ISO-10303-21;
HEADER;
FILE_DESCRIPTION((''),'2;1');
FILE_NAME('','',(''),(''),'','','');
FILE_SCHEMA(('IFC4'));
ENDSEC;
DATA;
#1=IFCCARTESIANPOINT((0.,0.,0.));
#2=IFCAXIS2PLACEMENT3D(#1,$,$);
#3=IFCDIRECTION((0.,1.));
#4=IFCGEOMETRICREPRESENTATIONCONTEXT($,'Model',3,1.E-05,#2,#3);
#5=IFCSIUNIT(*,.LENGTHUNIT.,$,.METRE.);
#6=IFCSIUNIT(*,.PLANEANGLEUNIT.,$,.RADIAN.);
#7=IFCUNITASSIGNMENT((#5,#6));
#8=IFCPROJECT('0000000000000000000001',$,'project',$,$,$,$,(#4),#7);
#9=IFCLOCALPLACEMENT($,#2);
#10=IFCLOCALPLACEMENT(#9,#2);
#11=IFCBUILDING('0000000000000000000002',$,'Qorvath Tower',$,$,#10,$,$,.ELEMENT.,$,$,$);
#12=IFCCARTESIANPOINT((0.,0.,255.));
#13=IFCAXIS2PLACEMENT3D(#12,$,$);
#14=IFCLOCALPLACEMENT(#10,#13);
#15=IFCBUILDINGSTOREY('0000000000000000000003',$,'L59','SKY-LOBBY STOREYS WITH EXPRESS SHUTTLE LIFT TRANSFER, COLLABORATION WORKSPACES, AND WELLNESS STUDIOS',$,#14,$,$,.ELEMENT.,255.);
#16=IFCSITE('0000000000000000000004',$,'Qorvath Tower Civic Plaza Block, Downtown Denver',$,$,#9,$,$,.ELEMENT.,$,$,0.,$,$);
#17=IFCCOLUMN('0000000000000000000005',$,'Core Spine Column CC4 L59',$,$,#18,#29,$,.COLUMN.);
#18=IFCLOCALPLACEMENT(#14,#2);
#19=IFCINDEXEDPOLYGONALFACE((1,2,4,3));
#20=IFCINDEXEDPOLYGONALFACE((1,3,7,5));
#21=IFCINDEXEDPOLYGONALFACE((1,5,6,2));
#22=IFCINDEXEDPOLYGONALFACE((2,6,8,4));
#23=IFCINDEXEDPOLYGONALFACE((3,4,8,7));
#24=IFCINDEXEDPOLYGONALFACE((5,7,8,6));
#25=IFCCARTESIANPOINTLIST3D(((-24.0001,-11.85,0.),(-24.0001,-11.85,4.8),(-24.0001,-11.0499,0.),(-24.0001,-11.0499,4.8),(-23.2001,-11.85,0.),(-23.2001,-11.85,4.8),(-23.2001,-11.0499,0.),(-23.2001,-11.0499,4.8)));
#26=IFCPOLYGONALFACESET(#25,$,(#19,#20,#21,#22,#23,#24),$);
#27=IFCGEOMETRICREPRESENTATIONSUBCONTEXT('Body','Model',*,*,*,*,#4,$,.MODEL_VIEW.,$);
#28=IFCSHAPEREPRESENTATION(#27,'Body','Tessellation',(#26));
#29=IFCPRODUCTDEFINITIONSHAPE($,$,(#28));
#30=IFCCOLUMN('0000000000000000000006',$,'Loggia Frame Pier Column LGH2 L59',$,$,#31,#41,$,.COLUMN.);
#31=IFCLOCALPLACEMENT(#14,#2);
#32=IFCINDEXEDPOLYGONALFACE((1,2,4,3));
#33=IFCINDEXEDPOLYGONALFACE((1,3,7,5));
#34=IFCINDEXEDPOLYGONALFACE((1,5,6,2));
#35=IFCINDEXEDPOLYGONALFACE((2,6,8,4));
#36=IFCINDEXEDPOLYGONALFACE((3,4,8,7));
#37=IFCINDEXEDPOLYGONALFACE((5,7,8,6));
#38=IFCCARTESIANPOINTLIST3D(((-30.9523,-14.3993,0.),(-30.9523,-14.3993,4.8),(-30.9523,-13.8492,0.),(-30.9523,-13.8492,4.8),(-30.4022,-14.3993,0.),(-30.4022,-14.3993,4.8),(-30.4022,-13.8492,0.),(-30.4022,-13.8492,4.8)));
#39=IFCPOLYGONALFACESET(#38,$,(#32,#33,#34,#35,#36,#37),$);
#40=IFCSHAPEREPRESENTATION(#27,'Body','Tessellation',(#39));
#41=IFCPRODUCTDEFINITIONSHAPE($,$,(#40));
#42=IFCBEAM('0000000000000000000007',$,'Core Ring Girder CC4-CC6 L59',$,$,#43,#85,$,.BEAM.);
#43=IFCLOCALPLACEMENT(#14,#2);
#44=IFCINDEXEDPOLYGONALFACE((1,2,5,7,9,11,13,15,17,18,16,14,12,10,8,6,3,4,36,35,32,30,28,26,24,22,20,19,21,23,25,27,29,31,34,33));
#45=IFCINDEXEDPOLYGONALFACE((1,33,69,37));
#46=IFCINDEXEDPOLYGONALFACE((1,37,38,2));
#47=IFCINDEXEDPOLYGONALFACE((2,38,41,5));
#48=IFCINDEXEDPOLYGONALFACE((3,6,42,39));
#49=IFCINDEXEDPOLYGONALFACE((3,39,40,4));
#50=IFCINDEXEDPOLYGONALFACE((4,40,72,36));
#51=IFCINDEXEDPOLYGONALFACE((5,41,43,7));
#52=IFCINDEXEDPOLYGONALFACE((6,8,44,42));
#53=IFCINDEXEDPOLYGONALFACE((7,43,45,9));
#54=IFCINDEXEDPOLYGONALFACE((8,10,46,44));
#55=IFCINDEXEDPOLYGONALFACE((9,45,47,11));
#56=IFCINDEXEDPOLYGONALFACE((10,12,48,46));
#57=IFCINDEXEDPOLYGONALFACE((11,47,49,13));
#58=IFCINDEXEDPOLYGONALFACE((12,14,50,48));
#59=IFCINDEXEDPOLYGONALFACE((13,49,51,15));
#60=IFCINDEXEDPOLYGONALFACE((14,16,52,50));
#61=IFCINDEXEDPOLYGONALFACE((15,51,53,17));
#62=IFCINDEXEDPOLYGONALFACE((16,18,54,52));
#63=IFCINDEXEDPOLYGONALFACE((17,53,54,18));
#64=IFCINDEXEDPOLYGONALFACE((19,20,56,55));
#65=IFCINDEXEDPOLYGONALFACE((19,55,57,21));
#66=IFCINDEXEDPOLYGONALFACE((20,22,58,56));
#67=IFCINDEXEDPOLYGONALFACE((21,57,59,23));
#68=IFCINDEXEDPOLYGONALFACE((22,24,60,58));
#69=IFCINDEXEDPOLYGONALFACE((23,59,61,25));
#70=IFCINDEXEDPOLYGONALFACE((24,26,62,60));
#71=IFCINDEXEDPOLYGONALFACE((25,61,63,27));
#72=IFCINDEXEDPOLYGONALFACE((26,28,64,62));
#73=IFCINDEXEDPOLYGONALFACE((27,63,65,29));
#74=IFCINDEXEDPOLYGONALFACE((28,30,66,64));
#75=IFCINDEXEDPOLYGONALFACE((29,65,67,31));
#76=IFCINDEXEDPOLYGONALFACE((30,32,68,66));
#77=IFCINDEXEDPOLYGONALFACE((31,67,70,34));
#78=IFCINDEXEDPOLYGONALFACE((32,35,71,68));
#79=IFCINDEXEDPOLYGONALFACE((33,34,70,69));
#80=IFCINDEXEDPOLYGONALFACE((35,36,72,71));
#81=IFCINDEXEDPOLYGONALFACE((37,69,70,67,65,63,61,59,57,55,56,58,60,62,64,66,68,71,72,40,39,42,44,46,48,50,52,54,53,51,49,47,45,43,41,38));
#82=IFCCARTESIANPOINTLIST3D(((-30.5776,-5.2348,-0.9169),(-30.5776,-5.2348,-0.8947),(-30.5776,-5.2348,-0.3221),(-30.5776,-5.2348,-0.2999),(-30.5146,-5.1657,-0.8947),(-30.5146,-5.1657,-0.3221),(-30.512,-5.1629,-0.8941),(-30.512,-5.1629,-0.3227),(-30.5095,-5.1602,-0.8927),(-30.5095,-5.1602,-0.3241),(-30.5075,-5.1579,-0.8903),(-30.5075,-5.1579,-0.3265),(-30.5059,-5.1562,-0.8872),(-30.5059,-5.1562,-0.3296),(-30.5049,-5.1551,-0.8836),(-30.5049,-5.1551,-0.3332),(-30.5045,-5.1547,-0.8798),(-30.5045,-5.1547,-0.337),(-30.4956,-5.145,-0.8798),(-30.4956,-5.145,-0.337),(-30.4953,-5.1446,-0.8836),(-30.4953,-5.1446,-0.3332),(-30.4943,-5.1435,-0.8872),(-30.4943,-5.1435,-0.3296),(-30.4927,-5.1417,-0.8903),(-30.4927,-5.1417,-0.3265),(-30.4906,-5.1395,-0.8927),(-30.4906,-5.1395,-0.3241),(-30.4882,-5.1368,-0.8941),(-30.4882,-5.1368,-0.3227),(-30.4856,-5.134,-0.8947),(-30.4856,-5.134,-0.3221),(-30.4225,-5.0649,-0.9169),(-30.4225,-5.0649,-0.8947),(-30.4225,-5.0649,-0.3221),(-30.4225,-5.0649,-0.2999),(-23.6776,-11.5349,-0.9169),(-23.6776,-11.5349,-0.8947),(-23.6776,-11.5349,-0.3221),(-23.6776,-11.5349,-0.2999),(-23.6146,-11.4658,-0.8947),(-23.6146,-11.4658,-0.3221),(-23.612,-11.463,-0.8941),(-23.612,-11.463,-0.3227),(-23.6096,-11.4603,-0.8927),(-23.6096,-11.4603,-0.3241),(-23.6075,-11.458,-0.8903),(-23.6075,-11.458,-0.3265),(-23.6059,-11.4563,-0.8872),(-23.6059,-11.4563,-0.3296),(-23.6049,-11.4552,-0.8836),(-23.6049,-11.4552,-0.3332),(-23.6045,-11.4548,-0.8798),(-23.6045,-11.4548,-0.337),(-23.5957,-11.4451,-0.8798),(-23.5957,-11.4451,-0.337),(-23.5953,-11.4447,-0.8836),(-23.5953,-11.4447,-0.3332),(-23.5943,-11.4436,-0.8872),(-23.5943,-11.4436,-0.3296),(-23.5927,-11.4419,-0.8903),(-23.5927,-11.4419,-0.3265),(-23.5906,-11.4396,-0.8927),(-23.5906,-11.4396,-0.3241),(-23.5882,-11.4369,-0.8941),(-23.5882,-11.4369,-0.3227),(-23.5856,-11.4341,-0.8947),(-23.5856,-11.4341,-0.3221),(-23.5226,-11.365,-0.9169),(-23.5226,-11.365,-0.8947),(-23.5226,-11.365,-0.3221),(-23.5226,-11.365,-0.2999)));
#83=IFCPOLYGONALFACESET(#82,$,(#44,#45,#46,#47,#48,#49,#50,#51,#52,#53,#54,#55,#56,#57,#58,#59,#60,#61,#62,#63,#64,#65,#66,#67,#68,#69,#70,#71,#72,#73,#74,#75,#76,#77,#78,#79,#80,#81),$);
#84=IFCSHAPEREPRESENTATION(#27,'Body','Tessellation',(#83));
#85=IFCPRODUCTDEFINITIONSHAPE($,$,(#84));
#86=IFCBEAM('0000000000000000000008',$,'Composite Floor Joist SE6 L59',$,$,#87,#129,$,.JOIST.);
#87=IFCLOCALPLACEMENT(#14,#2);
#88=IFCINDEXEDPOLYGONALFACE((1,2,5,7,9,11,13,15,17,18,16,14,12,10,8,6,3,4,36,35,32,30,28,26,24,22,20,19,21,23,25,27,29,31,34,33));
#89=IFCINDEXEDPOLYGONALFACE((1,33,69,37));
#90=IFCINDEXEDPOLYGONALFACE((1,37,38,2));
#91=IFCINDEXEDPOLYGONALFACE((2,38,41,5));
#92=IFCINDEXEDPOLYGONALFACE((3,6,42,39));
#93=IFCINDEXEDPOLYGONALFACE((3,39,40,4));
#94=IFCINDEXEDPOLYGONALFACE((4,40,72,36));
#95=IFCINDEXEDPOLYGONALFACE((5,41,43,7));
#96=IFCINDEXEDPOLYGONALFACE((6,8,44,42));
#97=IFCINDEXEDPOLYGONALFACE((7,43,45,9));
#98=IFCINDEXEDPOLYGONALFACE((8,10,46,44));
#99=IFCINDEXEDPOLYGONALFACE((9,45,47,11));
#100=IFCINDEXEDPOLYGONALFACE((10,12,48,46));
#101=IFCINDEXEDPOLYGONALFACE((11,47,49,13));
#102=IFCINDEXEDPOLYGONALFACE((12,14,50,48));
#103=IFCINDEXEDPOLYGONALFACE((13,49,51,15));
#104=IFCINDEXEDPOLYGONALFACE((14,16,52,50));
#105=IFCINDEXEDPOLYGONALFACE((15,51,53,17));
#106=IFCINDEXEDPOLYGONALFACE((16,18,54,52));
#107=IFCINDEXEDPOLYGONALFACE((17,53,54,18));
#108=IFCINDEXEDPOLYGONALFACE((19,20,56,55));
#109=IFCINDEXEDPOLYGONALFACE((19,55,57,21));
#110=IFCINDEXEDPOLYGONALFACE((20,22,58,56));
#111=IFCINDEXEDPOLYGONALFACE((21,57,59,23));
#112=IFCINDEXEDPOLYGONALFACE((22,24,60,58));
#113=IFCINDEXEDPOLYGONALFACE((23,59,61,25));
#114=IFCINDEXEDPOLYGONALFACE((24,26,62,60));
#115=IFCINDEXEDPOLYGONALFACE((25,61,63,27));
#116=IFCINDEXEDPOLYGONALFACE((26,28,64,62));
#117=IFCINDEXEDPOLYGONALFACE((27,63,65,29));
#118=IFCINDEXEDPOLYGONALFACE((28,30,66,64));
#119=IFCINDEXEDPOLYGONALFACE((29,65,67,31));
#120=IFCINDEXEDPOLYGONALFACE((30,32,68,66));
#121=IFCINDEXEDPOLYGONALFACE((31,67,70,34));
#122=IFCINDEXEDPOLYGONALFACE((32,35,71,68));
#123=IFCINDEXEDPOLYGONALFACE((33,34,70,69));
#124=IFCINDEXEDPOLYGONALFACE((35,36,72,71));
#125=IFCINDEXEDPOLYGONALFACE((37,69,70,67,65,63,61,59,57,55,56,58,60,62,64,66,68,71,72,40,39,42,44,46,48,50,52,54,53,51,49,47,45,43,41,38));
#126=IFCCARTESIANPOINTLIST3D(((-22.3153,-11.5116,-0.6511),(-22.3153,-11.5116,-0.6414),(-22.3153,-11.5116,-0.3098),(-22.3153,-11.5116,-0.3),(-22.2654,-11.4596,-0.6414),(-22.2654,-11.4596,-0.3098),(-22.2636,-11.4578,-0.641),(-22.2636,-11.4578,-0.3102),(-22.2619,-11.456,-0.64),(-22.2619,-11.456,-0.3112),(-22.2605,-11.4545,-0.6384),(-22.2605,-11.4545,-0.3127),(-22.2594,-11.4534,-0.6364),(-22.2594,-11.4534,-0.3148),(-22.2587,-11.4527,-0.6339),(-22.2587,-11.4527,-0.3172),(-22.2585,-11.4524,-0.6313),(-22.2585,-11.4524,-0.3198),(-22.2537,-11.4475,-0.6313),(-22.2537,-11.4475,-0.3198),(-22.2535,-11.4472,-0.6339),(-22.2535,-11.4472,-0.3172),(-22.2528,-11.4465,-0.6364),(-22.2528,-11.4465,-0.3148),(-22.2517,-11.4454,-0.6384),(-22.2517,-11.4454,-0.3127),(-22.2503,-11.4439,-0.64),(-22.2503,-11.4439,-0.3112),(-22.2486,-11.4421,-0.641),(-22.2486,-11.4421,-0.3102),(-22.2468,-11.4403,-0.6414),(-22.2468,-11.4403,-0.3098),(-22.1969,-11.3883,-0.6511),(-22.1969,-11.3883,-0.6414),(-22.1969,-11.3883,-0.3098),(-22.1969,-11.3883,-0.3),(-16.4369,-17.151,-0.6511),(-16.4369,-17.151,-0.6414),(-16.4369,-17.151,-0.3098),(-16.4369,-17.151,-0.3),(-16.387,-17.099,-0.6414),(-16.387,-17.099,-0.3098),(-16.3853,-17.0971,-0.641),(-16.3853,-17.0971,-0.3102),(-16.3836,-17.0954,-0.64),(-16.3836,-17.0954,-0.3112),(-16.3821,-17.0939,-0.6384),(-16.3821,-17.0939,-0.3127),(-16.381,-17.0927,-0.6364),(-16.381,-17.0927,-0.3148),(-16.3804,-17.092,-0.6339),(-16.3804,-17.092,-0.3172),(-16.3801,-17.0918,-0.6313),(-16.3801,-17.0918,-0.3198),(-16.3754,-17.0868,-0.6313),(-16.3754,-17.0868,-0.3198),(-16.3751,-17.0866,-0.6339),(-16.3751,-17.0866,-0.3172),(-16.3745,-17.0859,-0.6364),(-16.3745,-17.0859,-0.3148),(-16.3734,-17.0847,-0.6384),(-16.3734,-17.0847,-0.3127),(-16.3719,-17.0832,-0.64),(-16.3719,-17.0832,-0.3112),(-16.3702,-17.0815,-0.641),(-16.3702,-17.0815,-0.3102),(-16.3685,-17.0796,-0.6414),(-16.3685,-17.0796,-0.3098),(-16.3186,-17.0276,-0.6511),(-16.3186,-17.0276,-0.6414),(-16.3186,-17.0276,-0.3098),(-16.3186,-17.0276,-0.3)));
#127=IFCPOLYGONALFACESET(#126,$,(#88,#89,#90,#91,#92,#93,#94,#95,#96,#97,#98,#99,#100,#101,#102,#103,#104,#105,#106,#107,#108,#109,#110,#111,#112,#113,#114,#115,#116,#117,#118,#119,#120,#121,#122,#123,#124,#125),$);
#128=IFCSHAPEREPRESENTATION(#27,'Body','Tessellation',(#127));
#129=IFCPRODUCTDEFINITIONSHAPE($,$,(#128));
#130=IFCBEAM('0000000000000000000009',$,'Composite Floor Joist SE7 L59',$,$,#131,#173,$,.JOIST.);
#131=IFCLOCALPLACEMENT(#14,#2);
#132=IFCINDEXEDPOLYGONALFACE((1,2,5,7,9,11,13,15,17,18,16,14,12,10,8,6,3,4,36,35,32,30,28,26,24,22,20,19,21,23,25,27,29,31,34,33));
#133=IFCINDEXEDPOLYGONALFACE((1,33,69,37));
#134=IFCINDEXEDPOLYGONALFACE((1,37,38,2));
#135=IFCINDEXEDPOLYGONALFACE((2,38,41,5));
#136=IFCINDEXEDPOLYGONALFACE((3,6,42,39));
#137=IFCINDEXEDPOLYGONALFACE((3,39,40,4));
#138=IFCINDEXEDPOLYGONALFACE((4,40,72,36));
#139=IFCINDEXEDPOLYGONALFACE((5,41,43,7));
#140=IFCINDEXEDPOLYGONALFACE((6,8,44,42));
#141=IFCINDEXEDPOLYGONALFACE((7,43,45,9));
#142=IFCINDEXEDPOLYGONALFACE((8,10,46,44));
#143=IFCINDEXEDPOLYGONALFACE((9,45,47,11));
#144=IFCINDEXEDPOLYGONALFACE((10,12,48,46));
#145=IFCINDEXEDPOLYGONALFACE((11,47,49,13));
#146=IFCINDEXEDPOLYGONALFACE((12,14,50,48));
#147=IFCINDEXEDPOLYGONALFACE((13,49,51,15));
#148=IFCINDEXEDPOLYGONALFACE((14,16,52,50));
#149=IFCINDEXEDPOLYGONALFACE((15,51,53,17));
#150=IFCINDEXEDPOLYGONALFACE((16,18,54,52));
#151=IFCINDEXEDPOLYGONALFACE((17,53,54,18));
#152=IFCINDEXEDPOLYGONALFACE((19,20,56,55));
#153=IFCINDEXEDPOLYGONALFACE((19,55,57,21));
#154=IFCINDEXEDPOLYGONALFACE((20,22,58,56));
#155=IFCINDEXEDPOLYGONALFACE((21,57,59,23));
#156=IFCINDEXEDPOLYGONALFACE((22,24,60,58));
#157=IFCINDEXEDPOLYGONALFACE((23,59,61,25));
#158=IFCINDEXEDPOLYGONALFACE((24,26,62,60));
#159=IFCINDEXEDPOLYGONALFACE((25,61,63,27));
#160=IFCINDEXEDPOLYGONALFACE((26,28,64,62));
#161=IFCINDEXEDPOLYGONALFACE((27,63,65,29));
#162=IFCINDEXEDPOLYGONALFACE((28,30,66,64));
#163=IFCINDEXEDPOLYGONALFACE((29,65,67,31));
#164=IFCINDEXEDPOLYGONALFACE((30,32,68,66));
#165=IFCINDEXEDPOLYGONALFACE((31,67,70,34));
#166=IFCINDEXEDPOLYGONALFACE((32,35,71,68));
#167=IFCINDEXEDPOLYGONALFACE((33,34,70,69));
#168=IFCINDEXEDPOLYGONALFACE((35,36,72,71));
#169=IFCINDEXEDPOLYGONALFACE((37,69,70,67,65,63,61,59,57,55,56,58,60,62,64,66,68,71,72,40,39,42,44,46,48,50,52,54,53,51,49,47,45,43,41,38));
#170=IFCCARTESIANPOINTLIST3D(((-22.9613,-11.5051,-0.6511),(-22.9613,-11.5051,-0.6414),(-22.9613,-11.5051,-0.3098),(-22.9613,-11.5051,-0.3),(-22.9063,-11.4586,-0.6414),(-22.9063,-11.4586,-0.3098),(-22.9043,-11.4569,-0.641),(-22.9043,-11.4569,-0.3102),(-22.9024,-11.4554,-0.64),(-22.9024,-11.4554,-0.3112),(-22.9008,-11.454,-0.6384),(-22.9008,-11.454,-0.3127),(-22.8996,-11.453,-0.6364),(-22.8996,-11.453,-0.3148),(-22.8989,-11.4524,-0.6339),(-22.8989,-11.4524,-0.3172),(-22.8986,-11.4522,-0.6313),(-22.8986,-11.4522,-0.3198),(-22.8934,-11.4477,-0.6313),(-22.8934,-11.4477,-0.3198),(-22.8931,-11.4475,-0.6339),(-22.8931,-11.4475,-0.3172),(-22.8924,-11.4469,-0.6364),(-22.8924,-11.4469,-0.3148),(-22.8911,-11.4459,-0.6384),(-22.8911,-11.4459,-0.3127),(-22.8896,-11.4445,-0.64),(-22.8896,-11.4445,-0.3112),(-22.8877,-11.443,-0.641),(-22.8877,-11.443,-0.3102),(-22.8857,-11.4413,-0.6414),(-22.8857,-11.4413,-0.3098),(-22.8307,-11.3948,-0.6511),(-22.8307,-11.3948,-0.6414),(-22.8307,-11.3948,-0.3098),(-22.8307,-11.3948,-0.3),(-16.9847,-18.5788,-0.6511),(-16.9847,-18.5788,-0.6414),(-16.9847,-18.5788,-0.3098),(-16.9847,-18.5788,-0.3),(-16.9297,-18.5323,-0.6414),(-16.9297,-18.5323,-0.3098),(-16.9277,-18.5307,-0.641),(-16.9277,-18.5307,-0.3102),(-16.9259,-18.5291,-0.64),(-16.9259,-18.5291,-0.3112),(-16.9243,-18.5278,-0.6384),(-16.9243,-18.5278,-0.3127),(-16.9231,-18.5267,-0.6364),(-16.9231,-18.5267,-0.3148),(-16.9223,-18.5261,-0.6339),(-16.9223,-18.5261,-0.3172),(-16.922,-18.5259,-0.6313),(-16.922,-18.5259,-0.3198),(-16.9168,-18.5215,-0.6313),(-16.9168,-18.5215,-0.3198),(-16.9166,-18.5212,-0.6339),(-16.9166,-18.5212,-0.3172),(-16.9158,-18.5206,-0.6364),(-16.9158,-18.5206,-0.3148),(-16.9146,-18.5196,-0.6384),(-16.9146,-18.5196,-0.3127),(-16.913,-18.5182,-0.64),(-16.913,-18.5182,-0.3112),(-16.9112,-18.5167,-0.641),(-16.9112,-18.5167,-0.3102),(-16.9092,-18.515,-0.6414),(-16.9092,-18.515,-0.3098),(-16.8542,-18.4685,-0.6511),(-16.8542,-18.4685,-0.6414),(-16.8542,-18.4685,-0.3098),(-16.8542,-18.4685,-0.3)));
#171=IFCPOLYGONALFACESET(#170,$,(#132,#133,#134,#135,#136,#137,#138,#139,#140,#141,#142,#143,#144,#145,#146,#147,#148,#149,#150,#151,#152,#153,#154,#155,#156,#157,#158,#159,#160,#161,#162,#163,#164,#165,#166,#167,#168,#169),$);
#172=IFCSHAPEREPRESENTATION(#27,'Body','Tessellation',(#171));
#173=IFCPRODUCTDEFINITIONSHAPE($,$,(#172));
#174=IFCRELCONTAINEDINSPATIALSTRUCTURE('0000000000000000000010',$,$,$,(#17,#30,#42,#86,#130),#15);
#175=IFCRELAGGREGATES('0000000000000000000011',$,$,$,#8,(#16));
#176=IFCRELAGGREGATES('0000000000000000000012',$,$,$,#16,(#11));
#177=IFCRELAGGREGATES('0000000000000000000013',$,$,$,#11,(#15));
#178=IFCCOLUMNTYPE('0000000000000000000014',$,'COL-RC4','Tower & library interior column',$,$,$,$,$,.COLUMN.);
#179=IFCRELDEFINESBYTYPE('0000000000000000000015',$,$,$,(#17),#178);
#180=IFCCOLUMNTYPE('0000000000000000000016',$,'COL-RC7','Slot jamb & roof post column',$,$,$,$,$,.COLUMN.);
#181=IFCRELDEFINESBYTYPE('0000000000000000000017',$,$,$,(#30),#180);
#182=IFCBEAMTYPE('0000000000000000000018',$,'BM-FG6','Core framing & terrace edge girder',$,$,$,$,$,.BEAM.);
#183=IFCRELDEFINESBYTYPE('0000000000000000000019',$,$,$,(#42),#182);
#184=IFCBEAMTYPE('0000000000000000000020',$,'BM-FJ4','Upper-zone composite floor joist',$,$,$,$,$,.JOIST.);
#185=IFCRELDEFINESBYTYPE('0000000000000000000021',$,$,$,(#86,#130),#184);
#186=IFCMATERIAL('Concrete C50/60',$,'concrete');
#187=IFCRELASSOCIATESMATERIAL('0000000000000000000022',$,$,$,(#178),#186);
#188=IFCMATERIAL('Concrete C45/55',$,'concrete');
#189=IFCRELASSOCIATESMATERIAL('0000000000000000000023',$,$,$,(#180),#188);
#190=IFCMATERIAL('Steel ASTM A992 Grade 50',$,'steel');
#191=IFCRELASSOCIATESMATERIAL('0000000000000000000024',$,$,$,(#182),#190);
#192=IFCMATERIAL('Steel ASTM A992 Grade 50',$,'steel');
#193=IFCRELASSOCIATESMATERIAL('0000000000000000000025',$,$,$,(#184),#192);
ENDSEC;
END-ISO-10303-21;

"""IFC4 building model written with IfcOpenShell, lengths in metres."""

from ifc_helpers import new_model, si_unit, direction, frame, origin, origin_2d, place, context, subcontext, project, spatial, rectangle, i_section, extrude, material, material_profile, profile_set, type_object, element, save


model = new_model("IFC4")

# Units and contexts
model_context = context("Model", 3, precision=1e-05, world=origin(), true_north=direction((0.0, 1.0)))
body_context = subcontext(model_context, "Body", "Model", "MODEL_VIEW")
ifc_project = project(units=[si_unit("LENGTHUNIT", "METRE"), si_unit("PLANEANGLEUNIT", "RADIAN")], contexts=[model_context])

# Site, building, storey
site_placement = place(None, origin())
site = spatial("IfcSite", under=ifc_project, at=site_placement, Name="Qorvath Tower Civic Plaza Block, Downtown Denver", CompositionType="ELEMENT", RefElevation=0.0)
building_placement = place(site_placement, origin())
building = spatial("IfcBuilding", under=site, at=building_placement, Name="Qorvath Tower", CompositionType="ELEMENT")
storey_placement = place(building_placement, frame((0.0, 0.0, 255.0)))
storey = spatial("IfcBuildingStorey", under=building, at=storey_placement, Name="L59", Description="SKY-LOBBY STOREYS WITH EXPRESS SHUTTLE LIFT TRANSFER, COLLABORATION WORKSPACES, AND WELLNESS STUDIOS", CompositionType="ELEMENT", Elevation=255.0)

# Columns
ifc_material_1 = material(Name="Concrete C50/60", Category="concrete")
ifc_material_profile_1 = material_profile(ifc_material_1, rectangle(XDim=0.8, YDim=0.8, at=origin_2d()), Name="RC 800x800")
ifc_profile_set_1 = profile_set([ifc_material_profile_1], Name="Concrete C50/60")
column_type_1 = type_object("IfcColumnType", Name="COL-RC4", Description="Tower & library interior column", PredefinedType="COLUMN", material=ifc_profile_set_1)
column_1_placement = place(storey_placement, frame((-23.6001, -11.45, 0.0), z_axis=(0.0, 0.0, 1.0), x_axis=(1.0, 0.0, 0.0)))
element("IfcColumn", 1, at=column_1_placement, inside=storey, type_object=column_type_1, Name="Core Spine Column CC4 L59", PredefinedType="COLUMN", context=body_context, shape_type="SweptSolid", body=[
    extrude(rectangle(XDim=0.8, YDim=0.8, at=origin_2d()), origin(), (0.0, 0.0, 1.0), 4.8),
])
ifc_material_2 = material(Name="Concrete C45/55", Category="concrete")
ifc_material_profile_2 = material_profile(ifc_material_2, rectangle(XDim=0.55, YDim=0.55, at=origin_2d()), Name="RC 550x550")
ifc_profile_set_2 = profile_set([ifc_material_profile_2], Name="Concrete C45/55")
column_type_2 = type_object("IfcColumnType", Name="COL-RC7", Description="Slot jamb & roof post column", PredefinedType="COLUMN", material=ifc_profile_set_2)
column_2_placement = place(storey_placement, frame((-30.6772, -14.1243, 0.0), z_axis=(0.0, 0.0, 1.0), x_axis=(1.0, 0.0, 0.0)))
element("IfcColumn", 2, at=column_2_placement, inside=storey, type_object=column_type_2, Name="Loggia Frame Pier Column LGH2 L59", PredefinedType="COLUMN", context=body_context, shape_type="SweptSolid", body=[
    extrude(rectangle(XDim=0.55, YDim=0.55, at=origin_2d()), origin(), (0.0, 0.0, 1.0), 4.8),
])

# Beams
ifc_material_3 = material(Name="Steel ASTM A992 Grade 50", Category="steel")
ifc_material_profile_3 = material_profile(ifc_material_3, i_section(OverallWidth=0.23, OverallDepth=0.6169, WebThickness=0.0132, FlangeThickness=0.0222, FilletRadius=0.0149, at=origin_2d()), Name="W24x94")
ifc_profile_set_3 = profile_set([ifc_material_profile_3], Name="Steel ASTM A992 Grade 50")
beam_type_1 = type_object("IfcBeamType", Name="BM-FG6", Description="Core framing & terrace edge girder", PredefinedType="BEAM", material=ifc_profile_set_3)
beam_1_placement = place(storey_placement, frame((-23.6001, -11.45, -0.6084), z_axis=(-0.738478, 0.674277, 0.0), x_axis=(-0.674277, -0.738478, 0.0)))
element("IfcBeam", 3, at=beam_1_placement, inside=storey, type_object=beam_type_1, Name="Core Ring Girder CC4-CC6 L59", PredefinedType="BEAM", context=body_context, shape_type="SweptSolid", body=[
    extrude(i_section(OverallWidth=0.23, OverallDepth=0.6169, WebThickness=0.0132, FlangeThickness=0.0222, FilletRadius=0.0149, at=origin_2d()), origin(), (0.0, 0.0, 1.0), 9.3435),
])
ifc_material_4 = material(Name="Steel ASTM A992 Grade 50", Category="steel")
ifc_material_profile_4 = material_profile(ifc_material_4, i_section(OverallWidth=0.1709, OverallDepth=0.3511, WebThickness=0.0068, FlangeThickness=0.0098, FilletRadius=0.01, at=origin_2d()), Name="W14x30")
ifc_profile_set_4 = profile_set([ifc_material_profile_4], Name="Steel ASTM A992 Grade 50")
beam_type_2 = type_object("IfcBeamType", Name="BM-FJ4", Description="Upper-zone composite floor joist", PredefinedType="JOIST", material=ifc_profile_set_4)
beam_2_placement = place(storey_placement, frame((-22.2561, -11.45, -0.4756), z_axis=(0.721625, -0.692284, 0.0), x_axis=(0.692284, 0.721625, 0.0)))
element("IfcBeam", 4, at=beam_2_placement, inside=storey, type_object=beam_type_2, Name="Composite Floor Joist SE6 L59", PredefinedType="JOIST", context=body_context, shape_type="SweptSolid", body=[
    extrude(i_section(OverallWidth=0.1709, OverallDepth=0.3511, WebThickness=0.0068, FlangeThickness=0.0098, FilletRadius=0.01, at=origin_2d()), origin(), (0.0, 0.0, 1.0), 8.146),
])
beam_3_placement = place(storey_placement, frame((-22.896, -11.45, -0.4756), z_axis=(0.645382, -0.76386, 0.0), x_axis=(0.76386, 0.645382, 0.0)))
element("IfcBeam", 5, at=beam_3_placement, inside=storey, type_object=beam_type_2, Name="Composite Floor Joist SE7 L59", PredefinedType="JOIST", context=body_context, shape_type="SweptSolid", body=[
    extrude(i_section(OverallWidth=0.1709, OverallDepth=0.3511, WebThickness=0.0068, FlangeThickness=0.0098, FilletRadius=0.01, at=origin_2d()), origin(), (0.0, 0.0, 1.0), 9.2605),
])

save(model, "model.ifc")
